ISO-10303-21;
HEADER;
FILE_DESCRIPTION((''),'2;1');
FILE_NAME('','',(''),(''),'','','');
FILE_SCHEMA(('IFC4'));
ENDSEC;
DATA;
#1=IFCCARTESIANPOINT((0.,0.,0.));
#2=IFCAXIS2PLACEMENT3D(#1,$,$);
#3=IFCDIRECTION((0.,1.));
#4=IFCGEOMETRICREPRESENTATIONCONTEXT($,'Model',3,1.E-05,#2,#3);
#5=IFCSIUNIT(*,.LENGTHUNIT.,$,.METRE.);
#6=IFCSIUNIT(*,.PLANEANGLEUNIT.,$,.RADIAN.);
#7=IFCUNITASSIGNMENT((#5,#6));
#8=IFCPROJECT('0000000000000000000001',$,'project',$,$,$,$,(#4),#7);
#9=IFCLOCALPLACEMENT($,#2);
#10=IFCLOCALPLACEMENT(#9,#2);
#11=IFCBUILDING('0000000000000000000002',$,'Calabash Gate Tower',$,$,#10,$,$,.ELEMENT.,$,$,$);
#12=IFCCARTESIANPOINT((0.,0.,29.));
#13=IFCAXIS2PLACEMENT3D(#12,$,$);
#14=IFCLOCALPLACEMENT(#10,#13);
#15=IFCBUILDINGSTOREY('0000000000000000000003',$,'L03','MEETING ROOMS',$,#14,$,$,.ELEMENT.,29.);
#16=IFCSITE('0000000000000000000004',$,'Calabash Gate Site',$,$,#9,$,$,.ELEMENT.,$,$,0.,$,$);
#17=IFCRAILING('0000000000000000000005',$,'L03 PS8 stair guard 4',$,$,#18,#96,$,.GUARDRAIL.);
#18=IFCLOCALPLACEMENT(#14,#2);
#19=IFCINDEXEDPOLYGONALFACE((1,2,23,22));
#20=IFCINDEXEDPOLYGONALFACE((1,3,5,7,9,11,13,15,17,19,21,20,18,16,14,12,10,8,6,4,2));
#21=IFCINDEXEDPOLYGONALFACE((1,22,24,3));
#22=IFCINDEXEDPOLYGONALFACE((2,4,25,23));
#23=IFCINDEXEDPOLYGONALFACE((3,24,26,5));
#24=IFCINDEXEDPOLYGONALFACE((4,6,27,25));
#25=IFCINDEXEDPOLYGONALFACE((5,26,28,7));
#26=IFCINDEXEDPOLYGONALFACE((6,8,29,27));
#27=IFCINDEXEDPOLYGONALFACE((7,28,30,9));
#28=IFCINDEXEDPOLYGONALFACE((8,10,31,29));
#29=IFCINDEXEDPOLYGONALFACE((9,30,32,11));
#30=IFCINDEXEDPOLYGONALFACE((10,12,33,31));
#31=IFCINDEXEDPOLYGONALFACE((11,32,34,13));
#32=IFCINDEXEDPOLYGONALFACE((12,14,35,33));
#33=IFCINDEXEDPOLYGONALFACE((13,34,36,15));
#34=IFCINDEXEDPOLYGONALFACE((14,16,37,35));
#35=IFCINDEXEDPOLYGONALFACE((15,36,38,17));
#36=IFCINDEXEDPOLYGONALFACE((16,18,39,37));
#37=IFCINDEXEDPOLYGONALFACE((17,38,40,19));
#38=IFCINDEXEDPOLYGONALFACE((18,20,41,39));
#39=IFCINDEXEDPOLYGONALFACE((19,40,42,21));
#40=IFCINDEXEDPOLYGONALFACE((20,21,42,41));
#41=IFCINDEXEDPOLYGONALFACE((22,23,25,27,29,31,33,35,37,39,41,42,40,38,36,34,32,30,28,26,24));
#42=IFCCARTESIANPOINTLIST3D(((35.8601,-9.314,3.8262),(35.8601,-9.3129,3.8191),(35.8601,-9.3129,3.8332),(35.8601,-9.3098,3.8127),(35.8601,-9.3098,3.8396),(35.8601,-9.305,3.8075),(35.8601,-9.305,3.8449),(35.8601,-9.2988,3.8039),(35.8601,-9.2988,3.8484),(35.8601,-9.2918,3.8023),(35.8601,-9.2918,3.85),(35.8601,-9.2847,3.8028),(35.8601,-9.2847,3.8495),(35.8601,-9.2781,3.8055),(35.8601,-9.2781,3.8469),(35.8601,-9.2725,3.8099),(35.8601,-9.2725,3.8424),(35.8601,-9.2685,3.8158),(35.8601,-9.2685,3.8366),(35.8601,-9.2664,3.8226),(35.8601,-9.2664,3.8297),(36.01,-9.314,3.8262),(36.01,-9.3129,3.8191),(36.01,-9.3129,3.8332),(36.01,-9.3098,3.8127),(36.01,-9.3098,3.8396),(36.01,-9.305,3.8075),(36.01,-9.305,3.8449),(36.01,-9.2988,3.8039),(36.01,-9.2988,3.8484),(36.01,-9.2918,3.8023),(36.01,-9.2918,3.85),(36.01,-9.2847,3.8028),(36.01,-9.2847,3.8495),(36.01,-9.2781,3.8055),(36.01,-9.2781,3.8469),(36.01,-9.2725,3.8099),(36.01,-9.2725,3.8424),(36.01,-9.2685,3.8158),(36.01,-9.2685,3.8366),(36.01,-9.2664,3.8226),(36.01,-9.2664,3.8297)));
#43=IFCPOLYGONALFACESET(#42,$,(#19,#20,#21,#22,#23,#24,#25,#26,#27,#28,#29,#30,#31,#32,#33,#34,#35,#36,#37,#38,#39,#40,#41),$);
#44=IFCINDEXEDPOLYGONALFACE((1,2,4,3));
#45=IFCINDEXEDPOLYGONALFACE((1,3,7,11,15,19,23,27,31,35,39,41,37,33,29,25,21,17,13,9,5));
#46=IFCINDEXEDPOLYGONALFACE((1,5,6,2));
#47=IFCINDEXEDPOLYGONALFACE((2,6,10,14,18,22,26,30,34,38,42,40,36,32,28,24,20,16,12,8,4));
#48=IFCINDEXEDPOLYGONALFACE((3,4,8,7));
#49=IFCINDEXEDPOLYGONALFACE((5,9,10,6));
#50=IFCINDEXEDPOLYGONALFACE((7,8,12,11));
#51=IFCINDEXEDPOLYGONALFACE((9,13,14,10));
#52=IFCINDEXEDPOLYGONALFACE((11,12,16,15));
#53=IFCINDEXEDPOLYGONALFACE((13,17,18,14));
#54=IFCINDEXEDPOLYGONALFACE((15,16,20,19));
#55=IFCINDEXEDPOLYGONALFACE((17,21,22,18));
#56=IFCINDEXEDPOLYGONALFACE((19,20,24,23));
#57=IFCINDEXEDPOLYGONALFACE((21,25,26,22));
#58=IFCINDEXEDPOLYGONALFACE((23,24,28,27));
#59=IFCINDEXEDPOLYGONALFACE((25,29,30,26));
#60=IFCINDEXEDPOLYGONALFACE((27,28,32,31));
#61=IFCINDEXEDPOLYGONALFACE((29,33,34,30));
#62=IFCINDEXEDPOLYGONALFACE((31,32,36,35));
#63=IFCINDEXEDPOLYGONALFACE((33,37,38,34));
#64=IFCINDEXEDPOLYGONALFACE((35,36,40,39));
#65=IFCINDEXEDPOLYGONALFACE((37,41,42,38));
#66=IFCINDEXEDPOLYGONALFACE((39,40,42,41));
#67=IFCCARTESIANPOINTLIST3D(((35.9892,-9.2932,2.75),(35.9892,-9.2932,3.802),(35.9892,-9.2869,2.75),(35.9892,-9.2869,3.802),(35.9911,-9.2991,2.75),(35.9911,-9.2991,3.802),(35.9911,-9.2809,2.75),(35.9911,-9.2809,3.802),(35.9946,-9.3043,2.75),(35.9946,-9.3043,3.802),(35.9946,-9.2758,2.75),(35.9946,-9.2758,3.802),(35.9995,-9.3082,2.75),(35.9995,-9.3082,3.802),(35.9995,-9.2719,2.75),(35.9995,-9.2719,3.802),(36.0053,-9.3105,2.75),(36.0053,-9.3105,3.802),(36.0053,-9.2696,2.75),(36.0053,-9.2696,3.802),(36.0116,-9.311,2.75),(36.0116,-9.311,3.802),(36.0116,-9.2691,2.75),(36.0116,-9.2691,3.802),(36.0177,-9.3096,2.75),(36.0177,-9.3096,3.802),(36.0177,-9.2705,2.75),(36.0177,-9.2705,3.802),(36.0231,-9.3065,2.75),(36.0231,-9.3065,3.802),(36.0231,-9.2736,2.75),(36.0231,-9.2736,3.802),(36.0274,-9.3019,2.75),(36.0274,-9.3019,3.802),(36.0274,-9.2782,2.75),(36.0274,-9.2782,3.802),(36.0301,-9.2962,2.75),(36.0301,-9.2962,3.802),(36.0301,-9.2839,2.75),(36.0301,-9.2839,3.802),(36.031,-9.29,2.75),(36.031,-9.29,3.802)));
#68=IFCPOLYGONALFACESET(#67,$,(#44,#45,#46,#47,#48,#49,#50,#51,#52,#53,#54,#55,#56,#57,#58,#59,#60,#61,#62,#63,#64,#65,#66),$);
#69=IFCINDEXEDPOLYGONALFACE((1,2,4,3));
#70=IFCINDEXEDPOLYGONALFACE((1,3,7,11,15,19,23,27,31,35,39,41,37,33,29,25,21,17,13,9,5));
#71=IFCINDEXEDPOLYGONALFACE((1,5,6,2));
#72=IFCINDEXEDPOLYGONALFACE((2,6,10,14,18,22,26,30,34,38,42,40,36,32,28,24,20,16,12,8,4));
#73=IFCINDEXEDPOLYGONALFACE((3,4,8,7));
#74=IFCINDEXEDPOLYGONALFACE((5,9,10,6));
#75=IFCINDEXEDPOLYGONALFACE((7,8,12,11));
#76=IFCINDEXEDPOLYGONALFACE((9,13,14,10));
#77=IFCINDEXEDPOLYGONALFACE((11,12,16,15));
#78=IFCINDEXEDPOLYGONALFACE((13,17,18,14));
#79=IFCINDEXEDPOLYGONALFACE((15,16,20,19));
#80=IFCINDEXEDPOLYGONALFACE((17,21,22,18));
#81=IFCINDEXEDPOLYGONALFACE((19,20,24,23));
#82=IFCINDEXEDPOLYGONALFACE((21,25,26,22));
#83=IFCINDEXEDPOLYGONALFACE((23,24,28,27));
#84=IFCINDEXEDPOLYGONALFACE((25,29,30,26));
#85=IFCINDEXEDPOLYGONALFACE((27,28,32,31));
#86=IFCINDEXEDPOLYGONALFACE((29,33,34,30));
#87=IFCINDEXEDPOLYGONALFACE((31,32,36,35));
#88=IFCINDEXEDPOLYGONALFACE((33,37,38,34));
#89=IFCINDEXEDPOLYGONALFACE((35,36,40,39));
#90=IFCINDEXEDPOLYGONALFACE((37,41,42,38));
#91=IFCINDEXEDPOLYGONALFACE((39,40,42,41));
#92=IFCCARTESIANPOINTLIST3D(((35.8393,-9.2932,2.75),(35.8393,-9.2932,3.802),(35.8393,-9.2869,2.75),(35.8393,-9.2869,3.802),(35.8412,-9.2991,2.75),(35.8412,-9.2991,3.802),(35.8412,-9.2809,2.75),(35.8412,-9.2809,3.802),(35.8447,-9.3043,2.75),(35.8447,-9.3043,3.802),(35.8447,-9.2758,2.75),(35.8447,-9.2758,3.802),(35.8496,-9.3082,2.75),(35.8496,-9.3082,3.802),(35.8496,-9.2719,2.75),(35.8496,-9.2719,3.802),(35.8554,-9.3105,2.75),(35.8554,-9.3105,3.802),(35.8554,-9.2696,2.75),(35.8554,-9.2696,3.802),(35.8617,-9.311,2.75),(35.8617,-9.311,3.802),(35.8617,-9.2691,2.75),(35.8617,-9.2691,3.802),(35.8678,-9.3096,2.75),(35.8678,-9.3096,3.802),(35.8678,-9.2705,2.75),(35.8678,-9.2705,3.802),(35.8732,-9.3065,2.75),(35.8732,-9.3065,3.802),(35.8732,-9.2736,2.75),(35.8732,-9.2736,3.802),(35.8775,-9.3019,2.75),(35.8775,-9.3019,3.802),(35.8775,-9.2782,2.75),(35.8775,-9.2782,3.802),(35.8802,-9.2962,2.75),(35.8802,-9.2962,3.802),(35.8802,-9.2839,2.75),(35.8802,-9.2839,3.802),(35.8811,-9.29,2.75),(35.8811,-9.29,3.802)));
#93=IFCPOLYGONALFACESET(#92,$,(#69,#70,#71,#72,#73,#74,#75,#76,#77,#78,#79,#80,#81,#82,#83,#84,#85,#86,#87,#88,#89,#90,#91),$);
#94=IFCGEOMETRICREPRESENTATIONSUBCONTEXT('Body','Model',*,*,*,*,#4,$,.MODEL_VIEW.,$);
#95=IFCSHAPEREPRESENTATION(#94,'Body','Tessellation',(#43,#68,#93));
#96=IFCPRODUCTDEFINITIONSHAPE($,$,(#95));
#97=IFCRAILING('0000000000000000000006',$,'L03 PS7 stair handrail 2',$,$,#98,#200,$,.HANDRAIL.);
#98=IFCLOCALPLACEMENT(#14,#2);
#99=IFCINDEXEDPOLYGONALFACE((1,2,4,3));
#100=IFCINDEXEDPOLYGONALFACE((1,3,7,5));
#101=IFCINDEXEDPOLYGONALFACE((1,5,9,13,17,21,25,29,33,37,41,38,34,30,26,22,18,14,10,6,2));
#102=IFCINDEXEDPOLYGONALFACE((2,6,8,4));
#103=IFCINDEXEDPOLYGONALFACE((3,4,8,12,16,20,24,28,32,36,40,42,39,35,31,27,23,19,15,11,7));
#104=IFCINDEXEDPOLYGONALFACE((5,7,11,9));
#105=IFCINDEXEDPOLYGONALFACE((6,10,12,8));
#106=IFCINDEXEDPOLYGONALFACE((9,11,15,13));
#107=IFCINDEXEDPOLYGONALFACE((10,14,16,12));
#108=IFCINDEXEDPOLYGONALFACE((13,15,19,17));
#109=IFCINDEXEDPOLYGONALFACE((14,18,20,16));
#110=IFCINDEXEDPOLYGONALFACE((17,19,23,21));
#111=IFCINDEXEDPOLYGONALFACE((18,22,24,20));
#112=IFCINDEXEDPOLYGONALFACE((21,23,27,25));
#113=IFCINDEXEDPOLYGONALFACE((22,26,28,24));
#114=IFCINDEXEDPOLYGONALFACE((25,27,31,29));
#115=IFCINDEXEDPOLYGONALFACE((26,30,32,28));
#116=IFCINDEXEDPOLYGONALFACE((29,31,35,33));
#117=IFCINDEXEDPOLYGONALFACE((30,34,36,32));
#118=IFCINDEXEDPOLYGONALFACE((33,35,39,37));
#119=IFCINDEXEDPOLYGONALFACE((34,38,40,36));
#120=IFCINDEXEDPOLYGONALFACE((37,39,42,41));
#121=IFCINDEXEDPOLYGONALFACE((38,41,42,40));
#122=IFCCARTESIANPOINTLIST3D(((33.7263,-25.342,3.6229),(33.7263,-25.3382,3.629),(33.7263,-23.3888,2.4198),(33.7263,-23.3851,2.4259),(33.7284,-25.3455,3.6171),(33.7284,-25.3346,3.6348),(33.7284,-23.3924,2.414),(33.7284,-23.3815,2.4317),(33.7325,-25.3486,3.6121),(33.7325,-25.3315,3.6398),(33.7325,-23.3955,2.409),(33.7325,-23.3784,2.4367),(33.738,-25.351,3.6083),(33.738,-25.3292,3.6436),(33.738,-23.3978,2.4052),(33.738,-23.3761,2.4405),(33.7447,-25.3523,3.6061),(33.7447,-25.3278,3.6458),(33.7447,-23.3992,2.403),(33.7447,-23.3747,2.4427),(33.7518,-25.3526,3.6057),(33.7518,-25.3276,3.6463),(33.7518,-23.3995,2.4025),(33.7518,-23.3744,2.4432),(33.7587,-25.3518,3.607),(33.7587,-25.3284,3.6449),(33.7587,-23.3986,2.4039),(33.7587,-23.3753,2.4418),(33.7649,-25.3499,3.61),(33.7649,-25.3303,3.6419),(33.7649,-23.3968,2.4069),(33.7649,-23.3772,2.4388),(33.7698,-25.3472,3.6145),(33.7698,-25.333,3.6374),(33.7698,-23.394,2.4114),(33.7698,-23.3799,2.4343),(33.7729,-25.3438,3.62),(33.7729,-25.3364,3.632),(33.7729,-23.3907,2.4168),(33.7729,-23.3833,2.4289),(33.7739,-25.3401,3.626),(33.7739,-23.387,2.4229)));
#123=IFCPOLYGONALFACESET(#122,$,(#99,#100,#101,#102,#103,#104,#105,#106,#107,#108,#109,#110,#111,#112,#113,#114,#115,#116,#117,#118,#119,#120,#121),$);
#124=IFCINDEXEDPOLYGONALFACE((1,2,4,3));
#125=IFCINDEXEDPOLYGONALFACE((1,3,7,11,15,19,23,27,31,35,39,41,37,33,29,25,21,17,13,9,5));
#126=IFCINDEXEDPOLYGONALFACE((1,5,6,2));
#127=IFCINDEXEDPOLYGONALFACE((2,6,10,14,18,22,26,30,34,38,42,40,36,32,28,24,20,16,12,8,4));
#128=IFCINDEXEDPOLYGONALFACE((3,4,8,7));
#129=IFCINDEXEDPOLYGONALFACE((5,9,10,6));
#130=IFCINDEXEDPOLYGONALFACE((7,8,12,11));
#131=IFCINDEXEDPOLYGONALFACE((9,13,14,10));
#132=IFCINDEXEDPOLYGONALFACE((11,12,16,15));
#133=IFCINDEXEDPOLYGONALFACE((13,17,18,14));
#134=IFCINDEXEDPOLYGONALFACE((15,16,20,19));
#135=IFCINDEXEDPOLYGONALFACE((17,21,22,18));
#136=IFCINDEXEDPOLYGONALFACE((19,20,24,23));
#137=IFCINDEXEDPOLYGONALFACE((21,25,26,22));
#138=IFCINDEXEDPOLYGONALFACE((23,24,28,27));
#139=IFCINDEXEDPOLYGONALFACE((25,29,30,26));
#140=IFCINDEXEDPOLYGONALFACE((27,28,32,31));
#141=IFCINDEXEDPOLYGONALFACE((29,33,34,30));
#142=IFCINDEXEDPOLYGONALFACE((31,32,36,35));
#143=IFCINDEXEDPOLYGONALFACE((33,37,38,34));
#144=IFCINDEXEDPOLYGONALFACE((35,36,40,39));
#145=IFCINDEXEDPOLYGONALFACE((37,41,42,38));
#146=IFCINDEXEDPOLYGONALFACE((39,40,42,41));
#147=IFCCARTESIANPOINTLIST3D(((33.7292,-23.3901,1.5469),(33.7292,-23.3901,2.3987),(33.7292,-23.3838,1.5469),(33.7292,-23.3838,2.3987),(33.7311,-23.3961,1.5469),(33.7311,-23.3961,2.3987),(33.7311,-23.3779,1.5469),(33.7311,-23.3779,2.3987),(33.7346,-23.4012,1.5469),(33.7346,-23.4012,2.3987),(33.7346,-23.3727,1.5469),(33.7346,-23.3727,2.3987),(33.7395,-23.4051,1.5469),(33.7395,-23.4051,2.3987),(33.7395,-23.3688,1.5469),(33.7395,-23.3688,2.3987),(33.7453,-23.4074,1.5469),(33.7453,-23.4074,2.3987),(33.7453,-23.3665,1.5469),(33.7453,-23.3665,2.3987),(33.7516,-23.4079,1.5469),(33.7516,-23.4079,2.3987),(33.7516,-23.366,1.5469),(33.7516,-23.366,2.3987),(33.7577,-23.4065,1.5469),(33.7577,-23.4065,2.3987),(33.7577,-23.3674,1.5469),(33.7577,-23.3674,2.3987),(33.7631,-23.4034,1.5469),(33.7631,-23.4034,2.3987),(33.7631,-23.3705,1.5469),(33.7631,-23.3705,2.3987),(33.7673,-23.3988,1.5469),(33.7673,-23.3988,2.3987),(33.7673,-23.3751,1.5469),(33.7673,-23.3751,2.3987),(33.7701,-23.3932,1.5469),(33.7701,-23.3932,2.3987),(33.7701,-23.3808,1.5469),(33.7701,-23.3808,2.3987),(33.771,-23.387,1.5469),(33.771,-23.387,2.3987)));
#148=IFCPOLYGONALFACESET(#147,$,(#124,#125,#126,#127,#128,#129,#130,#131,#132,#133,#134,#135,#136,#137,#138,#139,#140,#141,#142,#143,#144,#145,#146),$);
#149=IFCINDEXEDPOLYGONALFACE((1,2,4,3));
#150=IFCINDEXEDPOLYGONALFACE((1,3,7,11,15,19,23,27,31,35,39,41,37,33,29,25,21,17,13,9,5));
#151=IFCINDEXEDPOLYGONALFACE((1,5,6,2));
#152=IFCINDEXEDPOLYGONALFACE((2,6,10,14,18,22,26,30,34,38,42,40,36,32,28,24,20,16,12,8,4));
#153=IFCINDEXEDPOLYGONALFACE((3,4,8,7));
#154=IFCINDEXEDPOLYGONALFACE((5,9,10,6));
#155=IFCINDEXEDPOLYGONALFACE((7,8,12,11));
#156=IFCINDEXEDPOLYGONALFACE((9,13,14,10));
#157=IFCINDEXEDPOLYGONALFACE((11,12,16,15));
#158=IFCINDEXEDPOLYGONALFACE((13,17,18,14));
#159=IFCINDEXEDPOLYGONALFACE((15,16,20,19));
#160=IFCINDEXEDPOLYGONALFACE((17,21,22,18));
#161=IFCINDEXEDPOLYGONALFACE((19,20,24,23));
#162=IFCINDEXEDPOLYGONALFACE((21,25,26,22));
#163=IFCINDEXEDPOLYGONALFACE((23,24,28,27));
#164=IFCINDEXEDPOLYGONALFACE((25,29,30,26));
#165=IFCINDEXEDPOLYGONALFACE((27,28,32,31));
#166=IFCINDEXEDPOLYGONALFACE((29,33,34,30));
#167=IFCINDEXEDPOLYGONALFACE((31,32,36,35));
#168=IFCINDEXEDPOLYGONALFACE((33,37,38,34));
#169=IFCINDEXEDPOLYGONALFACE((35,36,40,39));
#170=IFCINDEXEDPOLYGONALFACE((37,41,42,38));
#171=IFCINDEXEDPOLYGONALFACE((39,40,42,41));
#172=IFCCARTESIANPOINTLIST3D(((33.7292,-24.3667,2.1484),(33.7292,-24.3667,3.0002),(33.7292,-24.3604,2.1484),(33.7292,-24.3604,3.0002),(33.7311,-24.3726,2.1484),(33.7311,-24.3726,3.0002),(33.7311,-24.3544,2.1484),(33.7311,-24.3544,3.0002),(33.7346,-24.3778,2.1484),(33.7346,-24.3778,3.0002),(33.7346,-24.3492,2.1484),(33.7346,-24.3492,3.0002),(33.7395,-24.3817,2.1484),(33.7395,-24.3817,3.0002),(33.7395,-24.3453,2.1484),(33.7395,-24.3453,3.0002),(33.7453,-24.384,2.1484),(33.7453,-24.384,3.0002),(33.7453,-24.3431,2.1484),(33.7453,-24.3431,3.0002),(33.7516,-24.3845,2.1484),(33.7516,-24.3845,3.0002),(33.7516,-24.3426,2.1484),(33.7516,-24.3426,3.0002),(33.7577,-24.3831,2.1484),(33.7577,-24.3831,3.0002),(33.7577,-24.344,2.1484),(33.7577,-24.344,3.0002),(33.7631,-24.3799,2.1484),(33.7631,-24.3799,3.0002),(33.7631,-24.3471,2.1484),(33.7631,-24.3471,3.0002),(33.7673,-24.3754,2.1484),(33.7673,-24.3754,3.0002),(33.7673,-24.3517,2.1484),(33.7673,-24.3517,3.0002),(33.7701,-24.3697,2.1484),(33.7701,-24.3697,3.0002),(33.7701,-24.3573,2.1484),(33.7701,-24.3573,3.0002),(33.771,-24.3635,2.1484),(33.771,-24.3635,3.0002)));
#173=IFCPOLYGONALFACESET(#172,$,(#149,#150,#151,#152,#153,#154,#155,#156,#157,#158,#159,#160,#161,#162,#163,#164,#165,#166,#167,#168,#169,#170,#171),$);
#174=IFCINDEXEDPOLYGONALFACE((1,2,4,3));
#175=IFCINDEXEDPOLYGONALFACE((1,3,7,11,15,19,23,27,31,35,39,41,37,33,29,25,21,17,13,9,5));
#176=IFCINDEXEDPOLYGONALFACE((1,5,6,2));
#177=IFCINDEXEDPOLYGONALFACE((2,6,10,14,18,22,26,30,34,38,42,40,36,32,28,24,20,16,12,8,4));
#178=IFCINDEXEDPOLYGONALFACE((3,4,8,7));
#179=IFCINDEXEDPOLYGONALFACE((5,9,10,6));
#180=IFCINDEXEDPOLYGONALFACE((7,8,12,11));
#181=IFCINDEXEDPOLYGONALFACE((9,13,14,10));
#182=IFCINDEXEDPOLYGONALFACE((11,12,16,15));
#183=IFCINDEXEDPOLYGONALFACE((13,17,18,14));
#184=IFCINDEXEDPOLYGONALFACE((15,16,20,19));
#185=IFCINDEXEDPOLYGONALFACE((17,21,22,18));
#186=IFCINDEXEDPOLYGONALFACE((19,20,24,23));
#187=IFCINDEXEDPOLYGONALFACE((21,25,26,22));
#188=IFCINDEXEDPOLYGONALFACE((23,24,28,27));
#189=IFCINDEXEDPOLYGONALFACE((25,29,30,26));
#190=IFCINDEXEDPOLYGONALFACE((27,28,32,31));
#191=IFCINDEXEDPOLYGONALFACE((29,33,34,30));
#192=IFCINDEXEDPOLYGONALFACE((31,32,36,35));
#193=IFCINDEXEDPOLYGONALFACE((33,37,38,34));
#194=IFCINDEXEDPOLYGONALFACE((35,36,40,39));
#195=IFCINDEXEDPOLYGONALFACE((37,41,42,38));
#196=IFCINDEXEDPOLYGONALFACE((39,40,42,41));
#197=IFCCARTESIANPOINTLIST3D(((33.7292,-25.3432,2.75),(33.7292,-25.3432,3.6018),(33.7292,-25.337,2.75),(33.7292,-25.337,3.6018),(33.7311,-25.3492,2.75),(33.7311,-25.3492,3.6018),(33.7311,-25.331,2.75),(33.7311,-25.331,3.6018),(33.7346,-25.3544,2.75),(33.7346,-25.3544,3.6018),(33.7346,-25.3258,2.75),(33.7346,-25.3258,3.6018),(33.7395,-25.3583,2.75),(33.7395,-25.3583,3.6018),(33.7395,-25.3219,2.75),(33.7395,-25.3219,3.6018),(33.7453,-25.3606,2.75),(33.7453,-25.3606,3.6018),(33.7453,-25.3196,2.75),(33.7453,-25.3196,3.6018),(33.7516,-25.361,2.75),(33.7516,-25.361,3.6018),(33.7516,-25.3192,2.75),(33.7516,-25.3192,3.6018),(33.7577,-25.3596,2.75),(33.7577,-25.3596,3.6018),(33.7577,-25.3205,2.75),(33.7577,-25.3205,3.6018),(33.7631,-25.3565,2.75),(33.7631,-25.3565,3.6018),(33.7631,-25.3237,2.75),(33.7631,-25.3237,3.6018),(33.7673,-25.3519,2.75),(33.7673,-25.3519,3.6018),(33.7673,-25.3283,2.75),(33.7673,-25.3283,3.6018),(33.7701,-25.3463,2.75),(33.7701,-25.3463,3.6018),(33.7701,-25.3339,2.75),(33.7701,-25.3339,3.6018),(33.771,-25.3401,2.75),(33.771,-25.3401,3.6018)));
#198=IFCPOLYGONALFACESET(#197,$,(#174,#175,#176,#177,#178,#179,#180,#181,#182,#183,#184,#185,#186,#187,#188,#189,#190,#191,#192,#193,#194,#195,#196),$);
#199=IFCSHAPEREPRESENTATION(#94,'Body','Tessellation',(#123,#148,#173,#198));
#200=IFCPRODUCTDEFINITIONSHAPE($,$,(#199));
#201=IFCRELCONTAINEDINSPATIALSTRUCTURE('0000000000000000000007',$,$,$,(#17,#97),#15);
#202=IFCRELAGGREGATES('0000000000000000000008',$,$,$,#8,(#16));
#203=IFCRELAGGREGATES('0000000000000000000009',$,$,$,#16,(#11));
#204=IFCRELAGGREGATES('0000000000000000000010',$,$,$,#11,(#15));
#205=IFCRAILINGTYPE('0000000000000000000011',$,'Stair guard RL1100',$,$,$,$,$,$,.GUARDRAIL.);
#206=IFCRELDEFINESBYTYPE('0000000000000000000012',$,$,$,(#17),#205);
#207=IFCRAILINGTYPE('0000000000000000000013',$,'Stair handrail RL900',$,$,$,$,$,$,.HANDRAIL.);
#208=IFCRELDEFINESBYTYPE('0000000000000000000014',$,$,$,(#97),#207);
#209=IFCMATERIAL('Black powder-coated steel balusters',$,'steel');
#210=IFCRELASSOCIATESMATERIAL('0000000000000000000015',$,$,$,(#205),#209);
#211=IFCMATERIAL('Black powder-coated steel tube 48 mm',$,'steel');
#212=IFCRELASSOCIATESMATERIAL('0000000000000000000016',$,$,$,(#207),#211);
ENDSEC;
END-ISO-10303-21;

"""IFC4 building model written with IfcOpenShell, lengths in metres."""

from ifc_helpers import new_model, si_unit, direction, frame, origin, origin_2d, place, context, subcontext, project, spatial, circle, extrude, material, type_object, element, save


model = new_model("IFC4")

# Units and contexts
model_context = context("Model", 3, precision=1e-05, world=origin(), true_north=direction((0.0, 1.0)))
body_context = subcontext(model_context, "Body", "Model", "MODEL_VIEW")
ifc_project = project(units=[si_unit("LENGTHUNIT", "METRE"), si_unit("PLANEANGLEUNIT", "RADIAN")], contexts=[model_context])

# Site, building, storey
site_placement = place(None, origin())
site = spatial("IfcSite", under=ifc_project, at=site_placement, Name="Calabash Gate Site", CompositionType="ELEMENT", RefElevation=0.0)
building_placement = place(site_placement, origin())
building = spatial("IfcBuilding", under=site, at=building_placement, Name="Calabash Gate Tower", CompositionType="ELEMENT")
storey_placement = place(building_placement, frame((0.0, 0.0, 29.0)))
storey = spatial("IfcBuildingStorey", under=building, at=storey_placement, Name="L03", Description="MEETING ROOMS", CompositionType="ELEMENT", Elevation=29.0)

# Railings
ifc_material_1 = material(Name="Black powder-coated steel balusters", Category="steel")
railing_type_1 = type_object("IfcRailingType", Name="Stair guard RL1100", PredefinedType="GUARDRAIL", material=ifc_material_1)
railing_1_placement = place(storey_placement, frame((36.01, -9.29, 2.75)))
element("IfcRailing", 1, at=railing_1_placement, inside=storey, type_object=railing_type_1, Name="L03 PS8 stair guard 4", PredefinedType="GUARDRAIL", context=body_context, shape_type="SweptSolid", body=[
    extrude(circle(Radius=0.0239, at=origin_2d()), frame((0.0, 0.0, 1.0762), z_axis=(-1.0, 0.0, 0.0), x_axis=(0.0, -1.0, 0.0)), (0.0, 0.0, 1.0), 0.1499),
    extrude(circle(Radius=0.021, at=origin_2d()), origin(), (0.0, 0.0, 1.0), 1.052),
    extrude(circle(Radius=0.021, at=origin_2d()), frame((-0.1499, 0.0, 0.0)), (0.0, 0.0, 1.0), 1.052),
])
ifc_material_2 = material(Name="Black powder-coated steel tube 48 mm", Category="steel")
railing_type_2 = type_object("IfcRailingType", Name="Stair handrail RL900", PredefinedType="HANDRAIL", material=ifc_material_2)
for number, where, name in (
    (2, (33.75, -23.387, 1.5469), "L03 PS7 stair handrail 2"),
):
    element("IfcRailing", number, at=place(storey_placement, frame(where)), inside=storey, type_object=railing_type_2, Name=name, PredefinedType="HANDRAIL", context=body_context, shape_type="SweptSolid", body=[
        extrude(circle(Radius=0.0239, at=origin_2d()), frame((0.0, 0.0, 0.876), z_axis=(0.0, -0.851424, 0.524477), x_axis=(1.0, 0.0, 0.0)), (0.0, 0.0, 1.0), 2.2939),
        extrude(circle(Radius=0.021, at=origin_2d()), origin(), (0.0, 0.0, 1.0), 0.8518),
        extrude(circle(Radius=0.021, at=origin_2d()), frame((0.0, -0.9766, 0.6016)), (0.0, 0.0, 1.0), 0.8518),
        extrude(circle(Radius=0.021, at=origin_2d()), frame((0.0, -1.9531, 1.2031)), (0.0, 0.0, 1.0), 0.8518),
    ])

save(model, "model.ifc")
